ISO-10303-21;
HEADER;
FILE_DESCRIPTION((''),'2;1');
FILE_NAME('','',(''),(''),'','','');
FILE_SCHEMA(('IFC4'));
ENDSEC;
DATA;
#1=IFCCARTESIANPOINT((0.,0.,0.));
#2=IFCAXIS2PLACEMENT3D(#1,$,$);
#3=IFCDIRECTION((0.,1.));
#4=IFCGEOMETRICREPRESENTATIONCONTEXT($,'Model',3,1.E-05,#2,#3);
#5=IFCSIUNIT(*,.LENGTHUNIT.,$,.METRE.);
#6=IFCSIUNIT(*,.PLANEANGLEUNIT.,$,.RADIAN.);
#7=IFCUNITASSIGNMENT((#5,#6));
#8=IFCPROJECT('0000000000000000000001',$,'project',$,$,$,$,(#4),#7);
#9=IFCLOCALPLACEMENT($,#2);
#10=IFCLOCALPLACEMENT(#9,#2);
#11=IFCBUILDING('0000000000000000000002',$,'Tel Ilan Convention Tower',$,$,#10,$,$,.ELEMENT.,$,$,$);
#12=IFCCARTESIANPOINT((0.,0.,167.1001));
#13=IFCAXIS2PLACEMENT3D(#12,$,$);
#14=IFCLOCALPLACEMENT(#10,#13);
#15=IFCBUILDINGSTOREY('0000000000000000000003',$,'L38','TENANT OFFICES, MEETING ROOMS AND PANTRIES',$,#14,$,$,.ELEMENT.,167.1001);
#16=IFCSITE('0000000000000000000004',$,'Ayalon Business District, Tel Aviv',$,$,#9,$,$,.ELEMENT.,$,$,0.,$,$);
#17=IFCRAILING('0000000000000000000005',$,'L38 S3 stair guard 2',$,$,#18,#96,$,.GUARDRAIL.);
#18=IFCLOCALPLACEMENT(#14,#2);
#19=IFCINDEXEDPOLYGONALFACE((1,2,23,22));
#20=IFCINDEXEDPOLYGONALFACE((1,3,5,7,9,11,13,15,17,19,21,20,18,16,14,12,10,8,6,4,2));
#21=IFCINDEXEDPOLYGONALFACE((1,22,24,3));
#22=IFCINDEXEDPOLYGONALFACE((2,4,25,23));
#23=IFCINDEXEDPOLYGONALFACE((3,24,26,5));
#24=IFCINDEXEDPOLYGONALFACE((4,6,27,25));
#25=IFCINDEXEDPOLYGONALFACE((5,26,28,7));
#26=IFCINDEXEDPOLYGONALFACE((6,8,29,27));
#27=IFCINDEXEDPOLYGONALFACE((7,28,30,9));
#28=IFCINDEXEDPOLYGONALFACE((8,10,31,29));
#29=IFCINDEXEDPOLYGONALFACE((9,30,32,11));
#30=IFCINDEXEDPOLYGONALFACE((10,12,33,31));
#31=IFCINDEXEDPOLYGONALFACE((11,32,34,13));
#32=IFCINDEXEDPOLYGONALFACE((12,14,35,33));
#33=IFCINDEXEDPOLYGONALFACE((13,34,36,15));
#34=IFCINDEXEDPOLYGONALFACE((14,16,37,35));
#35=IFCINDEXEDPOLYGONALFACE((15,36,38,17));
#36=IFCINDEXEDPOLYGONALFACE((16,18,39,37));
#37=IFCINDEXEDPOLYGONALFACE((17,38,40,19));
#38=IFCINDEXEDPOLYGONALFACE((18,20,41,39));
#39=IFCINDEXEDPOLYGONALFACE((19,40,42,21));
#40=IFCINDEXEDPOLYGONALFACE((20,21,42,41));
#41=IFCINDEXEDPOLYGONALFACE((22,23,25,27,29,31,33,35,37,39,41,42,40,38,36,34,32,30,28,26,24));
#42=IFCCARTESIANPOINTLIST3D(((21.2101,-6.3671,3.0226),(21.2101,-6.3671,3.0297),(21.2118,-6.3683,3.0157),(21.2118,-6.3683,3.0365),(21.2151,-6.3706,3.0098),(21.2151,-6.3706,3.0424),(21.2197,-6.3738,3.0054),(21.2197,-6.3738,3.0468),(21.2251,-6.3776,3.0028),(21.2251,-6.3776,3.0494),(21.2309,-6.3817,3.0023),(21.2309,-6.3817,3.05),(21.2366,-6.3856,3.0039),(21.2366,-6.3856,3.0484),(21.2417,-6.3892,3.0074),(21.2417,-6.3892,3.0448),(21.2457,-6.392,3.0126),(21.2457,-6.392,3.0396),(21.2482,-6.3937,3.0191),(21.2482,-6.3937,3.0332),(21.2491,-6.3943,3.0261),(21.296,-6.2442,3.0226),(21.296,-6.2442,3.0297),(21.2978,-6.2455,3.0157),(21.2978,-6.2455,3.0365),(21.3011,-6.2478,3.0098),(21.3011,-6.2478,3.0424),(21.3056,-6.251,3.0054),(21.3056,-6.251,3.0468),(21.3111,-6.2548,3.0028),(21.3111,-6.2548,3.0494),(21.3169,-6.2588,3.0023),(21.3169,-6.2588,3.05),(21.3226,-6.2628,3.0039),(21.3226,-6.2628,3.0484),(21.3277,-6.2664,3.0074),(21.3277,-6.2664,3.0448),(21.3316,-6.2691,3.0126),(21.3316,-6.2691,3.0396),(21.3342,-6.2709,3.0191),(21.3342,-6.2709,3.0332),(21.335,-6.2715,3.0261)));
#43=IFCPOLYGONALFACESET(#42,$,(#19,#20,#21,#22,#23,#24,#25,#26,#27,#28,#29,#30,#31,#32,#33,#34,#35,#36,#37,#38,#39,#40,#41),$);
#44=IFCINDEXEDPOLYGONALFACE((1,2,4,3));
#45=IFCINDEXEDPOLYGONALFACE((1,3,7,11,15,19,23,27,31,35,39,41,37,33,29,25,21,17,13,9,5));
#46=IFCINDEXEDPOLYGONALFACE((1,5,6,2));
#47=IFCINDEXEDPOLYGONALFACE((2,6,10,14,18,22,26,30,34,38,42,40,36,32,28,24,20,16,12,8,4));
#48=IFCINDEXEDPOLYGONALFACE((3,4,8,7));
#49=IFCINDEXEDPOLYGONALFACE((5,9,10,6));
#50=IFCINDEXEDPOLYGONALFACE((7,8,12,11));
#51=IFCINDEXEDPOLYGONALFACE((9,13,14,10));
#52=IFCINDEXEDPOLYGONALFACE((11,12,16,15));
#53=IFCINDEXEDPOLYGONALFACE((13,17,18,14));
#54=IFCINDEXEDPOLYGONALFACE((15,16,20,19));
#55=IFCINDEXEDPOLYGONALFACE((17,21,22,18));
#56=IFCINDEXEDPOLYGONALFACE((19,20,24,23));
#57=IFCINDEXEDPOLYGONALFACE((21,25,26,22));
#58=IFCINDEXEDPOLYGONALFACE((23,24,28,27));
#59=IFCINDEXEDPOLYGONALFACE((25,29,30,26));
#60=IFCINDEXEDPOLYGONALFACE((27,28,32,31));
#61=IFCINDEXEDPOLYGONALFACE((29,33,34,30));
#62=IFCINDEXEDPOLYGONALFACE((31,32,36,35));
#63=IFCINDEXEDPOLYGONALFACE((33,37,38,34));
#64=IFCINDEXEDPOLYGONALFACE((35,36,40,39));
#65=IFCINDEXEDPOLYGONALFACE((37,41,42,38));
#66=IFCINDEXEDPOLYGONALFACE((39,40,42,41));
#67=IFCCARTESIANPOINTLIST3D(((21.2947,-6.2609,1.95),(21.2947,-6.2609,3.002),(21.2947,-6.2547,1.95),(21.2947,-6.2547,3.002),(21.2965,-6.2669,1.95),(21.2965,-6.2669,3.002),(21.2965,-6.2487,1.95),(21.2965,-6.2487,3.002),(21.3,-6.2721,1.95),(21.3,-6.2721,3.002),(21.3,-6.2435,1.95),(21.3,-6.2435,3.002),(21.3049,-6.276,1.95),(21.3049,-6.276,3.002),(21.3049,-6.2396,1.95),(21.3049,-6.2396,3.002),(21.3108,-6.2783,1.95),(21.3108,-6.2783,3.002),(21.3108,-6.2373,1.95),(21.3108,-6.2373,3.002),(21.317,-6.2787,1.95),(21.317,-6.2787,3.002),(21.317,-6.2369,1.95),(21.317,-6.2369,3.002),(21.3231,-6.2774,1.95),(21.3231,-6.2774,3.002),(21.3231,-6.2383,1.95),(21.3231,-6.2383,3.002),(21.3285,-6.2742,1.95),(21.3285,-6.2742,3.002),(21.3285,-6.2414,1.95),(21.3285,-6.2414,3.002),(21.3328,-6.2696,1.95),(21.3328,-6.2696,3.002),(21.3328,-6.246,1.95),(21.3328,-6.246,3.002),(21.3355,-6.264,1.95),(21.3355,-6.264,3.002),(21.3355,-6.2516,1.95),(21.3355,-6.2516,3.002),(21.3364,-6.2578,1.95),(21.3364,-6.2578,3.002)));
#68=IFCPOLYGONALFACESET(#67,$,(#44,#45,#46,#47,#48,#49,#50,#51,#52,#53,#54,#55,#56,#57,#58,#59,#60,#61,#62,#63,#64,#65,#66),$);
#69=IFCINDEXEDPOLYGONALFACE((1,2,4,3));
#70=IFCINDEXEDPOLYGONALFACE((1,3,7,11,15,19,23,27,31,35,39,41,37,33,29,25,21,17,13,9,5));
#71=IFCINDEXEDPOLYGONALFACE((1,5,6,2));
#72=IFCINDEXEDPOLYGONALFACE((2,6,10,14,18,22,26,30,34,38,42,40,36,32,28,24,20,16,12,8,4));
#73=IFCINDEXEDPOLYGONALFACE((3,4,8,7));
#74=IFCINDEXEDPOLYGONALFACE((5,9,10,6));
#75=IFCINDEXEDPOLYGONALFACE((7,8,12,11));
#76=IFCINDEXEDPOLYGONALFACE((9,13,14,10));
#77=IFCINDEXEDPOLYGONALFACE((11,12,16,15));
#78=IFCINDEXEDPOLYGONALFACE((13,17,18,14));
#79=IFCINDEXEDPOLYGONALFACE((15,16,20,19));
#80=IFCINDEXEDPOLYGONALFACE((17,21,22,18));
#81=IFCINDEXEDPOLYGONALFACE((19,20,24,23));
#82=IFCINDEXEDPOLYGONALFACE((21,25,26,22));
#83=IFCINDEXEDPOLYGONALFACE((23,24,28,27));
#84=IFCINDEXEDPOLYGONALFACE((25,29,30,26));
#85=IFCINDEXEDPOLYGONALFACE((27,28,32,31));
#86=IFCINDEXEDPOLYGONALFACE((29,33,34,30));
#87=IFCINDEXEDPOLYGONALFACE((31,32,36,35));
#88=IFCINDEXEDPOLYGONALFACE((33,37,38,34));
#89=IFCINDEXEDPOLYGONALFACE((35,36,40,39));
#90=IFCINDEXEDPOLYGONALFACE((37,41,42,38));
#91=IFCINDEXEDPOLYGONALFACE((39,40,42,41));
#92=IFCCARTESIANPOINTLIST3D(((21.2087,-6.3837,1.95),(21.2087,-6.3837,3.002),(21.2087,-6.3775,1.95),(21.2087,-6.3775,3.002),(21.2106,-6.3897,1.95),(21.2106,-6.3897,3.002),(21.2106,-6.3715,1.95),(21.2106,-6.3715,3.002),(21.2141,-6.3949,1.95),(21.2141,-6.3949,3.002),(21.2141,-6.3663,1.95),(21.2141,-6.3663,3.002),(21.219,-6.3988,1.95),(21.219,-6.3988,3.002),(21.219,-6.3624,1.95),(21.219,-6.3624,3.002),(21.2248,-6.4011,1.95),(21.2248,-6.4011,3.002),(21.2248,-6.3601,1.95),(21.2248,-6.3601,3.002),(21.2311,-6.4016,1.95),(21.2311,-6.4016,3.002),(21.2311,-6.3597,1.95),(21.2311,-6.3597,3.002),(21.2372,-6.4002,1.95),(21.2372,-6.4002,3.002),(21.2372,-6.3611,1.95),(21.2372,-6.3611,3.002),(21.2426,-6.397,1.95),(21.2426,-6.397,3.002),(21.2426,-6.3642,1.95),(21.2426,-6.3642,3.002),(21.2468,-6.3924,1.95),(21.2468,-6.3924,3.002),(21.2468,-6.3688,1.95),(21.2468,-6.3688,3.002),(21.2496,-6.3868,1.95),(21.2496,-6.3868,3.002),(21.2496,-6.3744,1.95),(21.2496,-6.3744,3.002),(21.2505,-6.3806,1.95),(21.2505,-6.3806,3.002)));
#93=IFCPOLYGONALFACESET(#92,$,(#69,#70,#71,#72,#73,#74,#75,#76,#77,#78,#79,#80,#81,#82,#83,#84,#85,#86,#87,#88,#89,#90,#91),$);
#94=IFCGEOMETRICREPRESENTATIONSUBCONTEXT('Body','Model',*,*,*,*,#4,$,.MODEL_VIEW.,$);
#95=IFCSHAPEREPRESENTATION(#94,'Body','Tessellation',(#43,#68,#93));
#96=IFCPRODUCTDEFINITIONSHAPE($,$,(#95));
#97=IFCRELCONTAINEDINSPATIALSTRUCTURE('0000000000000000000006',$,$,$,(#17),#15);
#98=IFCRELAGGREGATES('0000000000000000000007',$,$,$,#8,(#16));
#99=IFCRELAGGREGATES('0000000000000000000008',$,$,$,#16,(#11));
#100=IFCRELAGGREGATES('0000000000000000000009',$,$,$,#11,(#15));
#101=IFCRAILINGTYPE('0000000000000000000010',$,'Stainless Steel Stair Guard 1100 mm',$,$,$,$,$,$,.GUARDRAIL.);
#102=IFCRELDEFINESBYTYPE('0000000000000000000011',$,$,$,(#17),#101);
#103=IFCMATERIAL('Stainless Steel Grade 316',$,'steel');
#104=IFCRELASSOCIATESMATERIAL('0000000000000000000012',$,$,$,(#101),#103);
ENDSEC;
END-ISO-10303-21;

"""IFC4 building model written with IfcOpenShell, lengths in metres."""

from ifc_helpers import new_model, si_unit, direction, frame, origin, origin_2d, place, context, subcontext, project, spatial, circle, extrude, material, type_object, element, save


model = new_model("IFC4")

# Units and contexts
model_context = context("Model", 3, precision=1e-05, world=origin(), true_north=direction((0.0, 1.0)))
body_context = subcontext(model_context, "Body", "Model", "MODEL_VIEW")
ifc_project = project(units=[si_unit("LENGTHUNIT", "METRE"), si_unit("PLANEANGLEUNIT", "RADIAN")], contexts=[model_context])

# Site, building, storey
site_placement = place(None, origin())
site = spatial("IfcSite", under=ifc_project, at=site_placement, Name="Ayalon Business District, Tel Aviv", CompositionType="ELEMENT", RefElevation=0.0)
building_placement = place(site_placement, origin())
building = spatial("IfcBuilding", under=site, at=building_placement, Name="Tel Ilan Convention Tower", CompositionType="ELEMENT")
storey_placement = place(building_placement, frame((0.0, 0.0, 167.1001)))
storey = spatial("IfcBuildingStorey", under=building, at=storey_placement, Name="L38", Description="TENANT OFFICES, MEETING ROOMS AND PANTRIES", CompositionType="ELEMENT", Elevation=167.1001)

# Railing
ifc_material_1 = material(Name="Stainless Steel Grade 316", Category="steel")
railing_type_1 = type_object("IfcRailingType", Name="Stainless Steel Stair Guard 1100 mm", PredefinedType="GUARDRAIL", material=ifc_material_1)
railing_1_placement = place(storey_placement, frame((21.3154, -6.2578, 1.95)))
element("IfcRailing", 1, at=railing_1_placement, inside=storey, type_object=railing_type_1, Name="L38 S3 stair guard 2", PredefinedType="GUARDRAIL", context=body_context, shape_type="SweptSolid", body=[
    extrude(circle(Radius=0.0239, at=origin_2d()), frame((0.0, 0.0, 1.0762), z_axis=(-0.573353, -0.819308, 0.0), x_axis=(0.819308, -0.573353, 0.0)), (0.0, 0.0, 1.0), 0.1499),
    extrude(circle(Radius=0.021, at=origin_2d()), origin(), (0.0, 0.0, 1.0), 1.052),
    extrude(circle(Radius=0.021, at=origin_2d()), frame((-0.0859, -0.1228, 0.0)), (0.0, 0.0, 1.0), 1.052),
])

save(model, "model.ifc")
